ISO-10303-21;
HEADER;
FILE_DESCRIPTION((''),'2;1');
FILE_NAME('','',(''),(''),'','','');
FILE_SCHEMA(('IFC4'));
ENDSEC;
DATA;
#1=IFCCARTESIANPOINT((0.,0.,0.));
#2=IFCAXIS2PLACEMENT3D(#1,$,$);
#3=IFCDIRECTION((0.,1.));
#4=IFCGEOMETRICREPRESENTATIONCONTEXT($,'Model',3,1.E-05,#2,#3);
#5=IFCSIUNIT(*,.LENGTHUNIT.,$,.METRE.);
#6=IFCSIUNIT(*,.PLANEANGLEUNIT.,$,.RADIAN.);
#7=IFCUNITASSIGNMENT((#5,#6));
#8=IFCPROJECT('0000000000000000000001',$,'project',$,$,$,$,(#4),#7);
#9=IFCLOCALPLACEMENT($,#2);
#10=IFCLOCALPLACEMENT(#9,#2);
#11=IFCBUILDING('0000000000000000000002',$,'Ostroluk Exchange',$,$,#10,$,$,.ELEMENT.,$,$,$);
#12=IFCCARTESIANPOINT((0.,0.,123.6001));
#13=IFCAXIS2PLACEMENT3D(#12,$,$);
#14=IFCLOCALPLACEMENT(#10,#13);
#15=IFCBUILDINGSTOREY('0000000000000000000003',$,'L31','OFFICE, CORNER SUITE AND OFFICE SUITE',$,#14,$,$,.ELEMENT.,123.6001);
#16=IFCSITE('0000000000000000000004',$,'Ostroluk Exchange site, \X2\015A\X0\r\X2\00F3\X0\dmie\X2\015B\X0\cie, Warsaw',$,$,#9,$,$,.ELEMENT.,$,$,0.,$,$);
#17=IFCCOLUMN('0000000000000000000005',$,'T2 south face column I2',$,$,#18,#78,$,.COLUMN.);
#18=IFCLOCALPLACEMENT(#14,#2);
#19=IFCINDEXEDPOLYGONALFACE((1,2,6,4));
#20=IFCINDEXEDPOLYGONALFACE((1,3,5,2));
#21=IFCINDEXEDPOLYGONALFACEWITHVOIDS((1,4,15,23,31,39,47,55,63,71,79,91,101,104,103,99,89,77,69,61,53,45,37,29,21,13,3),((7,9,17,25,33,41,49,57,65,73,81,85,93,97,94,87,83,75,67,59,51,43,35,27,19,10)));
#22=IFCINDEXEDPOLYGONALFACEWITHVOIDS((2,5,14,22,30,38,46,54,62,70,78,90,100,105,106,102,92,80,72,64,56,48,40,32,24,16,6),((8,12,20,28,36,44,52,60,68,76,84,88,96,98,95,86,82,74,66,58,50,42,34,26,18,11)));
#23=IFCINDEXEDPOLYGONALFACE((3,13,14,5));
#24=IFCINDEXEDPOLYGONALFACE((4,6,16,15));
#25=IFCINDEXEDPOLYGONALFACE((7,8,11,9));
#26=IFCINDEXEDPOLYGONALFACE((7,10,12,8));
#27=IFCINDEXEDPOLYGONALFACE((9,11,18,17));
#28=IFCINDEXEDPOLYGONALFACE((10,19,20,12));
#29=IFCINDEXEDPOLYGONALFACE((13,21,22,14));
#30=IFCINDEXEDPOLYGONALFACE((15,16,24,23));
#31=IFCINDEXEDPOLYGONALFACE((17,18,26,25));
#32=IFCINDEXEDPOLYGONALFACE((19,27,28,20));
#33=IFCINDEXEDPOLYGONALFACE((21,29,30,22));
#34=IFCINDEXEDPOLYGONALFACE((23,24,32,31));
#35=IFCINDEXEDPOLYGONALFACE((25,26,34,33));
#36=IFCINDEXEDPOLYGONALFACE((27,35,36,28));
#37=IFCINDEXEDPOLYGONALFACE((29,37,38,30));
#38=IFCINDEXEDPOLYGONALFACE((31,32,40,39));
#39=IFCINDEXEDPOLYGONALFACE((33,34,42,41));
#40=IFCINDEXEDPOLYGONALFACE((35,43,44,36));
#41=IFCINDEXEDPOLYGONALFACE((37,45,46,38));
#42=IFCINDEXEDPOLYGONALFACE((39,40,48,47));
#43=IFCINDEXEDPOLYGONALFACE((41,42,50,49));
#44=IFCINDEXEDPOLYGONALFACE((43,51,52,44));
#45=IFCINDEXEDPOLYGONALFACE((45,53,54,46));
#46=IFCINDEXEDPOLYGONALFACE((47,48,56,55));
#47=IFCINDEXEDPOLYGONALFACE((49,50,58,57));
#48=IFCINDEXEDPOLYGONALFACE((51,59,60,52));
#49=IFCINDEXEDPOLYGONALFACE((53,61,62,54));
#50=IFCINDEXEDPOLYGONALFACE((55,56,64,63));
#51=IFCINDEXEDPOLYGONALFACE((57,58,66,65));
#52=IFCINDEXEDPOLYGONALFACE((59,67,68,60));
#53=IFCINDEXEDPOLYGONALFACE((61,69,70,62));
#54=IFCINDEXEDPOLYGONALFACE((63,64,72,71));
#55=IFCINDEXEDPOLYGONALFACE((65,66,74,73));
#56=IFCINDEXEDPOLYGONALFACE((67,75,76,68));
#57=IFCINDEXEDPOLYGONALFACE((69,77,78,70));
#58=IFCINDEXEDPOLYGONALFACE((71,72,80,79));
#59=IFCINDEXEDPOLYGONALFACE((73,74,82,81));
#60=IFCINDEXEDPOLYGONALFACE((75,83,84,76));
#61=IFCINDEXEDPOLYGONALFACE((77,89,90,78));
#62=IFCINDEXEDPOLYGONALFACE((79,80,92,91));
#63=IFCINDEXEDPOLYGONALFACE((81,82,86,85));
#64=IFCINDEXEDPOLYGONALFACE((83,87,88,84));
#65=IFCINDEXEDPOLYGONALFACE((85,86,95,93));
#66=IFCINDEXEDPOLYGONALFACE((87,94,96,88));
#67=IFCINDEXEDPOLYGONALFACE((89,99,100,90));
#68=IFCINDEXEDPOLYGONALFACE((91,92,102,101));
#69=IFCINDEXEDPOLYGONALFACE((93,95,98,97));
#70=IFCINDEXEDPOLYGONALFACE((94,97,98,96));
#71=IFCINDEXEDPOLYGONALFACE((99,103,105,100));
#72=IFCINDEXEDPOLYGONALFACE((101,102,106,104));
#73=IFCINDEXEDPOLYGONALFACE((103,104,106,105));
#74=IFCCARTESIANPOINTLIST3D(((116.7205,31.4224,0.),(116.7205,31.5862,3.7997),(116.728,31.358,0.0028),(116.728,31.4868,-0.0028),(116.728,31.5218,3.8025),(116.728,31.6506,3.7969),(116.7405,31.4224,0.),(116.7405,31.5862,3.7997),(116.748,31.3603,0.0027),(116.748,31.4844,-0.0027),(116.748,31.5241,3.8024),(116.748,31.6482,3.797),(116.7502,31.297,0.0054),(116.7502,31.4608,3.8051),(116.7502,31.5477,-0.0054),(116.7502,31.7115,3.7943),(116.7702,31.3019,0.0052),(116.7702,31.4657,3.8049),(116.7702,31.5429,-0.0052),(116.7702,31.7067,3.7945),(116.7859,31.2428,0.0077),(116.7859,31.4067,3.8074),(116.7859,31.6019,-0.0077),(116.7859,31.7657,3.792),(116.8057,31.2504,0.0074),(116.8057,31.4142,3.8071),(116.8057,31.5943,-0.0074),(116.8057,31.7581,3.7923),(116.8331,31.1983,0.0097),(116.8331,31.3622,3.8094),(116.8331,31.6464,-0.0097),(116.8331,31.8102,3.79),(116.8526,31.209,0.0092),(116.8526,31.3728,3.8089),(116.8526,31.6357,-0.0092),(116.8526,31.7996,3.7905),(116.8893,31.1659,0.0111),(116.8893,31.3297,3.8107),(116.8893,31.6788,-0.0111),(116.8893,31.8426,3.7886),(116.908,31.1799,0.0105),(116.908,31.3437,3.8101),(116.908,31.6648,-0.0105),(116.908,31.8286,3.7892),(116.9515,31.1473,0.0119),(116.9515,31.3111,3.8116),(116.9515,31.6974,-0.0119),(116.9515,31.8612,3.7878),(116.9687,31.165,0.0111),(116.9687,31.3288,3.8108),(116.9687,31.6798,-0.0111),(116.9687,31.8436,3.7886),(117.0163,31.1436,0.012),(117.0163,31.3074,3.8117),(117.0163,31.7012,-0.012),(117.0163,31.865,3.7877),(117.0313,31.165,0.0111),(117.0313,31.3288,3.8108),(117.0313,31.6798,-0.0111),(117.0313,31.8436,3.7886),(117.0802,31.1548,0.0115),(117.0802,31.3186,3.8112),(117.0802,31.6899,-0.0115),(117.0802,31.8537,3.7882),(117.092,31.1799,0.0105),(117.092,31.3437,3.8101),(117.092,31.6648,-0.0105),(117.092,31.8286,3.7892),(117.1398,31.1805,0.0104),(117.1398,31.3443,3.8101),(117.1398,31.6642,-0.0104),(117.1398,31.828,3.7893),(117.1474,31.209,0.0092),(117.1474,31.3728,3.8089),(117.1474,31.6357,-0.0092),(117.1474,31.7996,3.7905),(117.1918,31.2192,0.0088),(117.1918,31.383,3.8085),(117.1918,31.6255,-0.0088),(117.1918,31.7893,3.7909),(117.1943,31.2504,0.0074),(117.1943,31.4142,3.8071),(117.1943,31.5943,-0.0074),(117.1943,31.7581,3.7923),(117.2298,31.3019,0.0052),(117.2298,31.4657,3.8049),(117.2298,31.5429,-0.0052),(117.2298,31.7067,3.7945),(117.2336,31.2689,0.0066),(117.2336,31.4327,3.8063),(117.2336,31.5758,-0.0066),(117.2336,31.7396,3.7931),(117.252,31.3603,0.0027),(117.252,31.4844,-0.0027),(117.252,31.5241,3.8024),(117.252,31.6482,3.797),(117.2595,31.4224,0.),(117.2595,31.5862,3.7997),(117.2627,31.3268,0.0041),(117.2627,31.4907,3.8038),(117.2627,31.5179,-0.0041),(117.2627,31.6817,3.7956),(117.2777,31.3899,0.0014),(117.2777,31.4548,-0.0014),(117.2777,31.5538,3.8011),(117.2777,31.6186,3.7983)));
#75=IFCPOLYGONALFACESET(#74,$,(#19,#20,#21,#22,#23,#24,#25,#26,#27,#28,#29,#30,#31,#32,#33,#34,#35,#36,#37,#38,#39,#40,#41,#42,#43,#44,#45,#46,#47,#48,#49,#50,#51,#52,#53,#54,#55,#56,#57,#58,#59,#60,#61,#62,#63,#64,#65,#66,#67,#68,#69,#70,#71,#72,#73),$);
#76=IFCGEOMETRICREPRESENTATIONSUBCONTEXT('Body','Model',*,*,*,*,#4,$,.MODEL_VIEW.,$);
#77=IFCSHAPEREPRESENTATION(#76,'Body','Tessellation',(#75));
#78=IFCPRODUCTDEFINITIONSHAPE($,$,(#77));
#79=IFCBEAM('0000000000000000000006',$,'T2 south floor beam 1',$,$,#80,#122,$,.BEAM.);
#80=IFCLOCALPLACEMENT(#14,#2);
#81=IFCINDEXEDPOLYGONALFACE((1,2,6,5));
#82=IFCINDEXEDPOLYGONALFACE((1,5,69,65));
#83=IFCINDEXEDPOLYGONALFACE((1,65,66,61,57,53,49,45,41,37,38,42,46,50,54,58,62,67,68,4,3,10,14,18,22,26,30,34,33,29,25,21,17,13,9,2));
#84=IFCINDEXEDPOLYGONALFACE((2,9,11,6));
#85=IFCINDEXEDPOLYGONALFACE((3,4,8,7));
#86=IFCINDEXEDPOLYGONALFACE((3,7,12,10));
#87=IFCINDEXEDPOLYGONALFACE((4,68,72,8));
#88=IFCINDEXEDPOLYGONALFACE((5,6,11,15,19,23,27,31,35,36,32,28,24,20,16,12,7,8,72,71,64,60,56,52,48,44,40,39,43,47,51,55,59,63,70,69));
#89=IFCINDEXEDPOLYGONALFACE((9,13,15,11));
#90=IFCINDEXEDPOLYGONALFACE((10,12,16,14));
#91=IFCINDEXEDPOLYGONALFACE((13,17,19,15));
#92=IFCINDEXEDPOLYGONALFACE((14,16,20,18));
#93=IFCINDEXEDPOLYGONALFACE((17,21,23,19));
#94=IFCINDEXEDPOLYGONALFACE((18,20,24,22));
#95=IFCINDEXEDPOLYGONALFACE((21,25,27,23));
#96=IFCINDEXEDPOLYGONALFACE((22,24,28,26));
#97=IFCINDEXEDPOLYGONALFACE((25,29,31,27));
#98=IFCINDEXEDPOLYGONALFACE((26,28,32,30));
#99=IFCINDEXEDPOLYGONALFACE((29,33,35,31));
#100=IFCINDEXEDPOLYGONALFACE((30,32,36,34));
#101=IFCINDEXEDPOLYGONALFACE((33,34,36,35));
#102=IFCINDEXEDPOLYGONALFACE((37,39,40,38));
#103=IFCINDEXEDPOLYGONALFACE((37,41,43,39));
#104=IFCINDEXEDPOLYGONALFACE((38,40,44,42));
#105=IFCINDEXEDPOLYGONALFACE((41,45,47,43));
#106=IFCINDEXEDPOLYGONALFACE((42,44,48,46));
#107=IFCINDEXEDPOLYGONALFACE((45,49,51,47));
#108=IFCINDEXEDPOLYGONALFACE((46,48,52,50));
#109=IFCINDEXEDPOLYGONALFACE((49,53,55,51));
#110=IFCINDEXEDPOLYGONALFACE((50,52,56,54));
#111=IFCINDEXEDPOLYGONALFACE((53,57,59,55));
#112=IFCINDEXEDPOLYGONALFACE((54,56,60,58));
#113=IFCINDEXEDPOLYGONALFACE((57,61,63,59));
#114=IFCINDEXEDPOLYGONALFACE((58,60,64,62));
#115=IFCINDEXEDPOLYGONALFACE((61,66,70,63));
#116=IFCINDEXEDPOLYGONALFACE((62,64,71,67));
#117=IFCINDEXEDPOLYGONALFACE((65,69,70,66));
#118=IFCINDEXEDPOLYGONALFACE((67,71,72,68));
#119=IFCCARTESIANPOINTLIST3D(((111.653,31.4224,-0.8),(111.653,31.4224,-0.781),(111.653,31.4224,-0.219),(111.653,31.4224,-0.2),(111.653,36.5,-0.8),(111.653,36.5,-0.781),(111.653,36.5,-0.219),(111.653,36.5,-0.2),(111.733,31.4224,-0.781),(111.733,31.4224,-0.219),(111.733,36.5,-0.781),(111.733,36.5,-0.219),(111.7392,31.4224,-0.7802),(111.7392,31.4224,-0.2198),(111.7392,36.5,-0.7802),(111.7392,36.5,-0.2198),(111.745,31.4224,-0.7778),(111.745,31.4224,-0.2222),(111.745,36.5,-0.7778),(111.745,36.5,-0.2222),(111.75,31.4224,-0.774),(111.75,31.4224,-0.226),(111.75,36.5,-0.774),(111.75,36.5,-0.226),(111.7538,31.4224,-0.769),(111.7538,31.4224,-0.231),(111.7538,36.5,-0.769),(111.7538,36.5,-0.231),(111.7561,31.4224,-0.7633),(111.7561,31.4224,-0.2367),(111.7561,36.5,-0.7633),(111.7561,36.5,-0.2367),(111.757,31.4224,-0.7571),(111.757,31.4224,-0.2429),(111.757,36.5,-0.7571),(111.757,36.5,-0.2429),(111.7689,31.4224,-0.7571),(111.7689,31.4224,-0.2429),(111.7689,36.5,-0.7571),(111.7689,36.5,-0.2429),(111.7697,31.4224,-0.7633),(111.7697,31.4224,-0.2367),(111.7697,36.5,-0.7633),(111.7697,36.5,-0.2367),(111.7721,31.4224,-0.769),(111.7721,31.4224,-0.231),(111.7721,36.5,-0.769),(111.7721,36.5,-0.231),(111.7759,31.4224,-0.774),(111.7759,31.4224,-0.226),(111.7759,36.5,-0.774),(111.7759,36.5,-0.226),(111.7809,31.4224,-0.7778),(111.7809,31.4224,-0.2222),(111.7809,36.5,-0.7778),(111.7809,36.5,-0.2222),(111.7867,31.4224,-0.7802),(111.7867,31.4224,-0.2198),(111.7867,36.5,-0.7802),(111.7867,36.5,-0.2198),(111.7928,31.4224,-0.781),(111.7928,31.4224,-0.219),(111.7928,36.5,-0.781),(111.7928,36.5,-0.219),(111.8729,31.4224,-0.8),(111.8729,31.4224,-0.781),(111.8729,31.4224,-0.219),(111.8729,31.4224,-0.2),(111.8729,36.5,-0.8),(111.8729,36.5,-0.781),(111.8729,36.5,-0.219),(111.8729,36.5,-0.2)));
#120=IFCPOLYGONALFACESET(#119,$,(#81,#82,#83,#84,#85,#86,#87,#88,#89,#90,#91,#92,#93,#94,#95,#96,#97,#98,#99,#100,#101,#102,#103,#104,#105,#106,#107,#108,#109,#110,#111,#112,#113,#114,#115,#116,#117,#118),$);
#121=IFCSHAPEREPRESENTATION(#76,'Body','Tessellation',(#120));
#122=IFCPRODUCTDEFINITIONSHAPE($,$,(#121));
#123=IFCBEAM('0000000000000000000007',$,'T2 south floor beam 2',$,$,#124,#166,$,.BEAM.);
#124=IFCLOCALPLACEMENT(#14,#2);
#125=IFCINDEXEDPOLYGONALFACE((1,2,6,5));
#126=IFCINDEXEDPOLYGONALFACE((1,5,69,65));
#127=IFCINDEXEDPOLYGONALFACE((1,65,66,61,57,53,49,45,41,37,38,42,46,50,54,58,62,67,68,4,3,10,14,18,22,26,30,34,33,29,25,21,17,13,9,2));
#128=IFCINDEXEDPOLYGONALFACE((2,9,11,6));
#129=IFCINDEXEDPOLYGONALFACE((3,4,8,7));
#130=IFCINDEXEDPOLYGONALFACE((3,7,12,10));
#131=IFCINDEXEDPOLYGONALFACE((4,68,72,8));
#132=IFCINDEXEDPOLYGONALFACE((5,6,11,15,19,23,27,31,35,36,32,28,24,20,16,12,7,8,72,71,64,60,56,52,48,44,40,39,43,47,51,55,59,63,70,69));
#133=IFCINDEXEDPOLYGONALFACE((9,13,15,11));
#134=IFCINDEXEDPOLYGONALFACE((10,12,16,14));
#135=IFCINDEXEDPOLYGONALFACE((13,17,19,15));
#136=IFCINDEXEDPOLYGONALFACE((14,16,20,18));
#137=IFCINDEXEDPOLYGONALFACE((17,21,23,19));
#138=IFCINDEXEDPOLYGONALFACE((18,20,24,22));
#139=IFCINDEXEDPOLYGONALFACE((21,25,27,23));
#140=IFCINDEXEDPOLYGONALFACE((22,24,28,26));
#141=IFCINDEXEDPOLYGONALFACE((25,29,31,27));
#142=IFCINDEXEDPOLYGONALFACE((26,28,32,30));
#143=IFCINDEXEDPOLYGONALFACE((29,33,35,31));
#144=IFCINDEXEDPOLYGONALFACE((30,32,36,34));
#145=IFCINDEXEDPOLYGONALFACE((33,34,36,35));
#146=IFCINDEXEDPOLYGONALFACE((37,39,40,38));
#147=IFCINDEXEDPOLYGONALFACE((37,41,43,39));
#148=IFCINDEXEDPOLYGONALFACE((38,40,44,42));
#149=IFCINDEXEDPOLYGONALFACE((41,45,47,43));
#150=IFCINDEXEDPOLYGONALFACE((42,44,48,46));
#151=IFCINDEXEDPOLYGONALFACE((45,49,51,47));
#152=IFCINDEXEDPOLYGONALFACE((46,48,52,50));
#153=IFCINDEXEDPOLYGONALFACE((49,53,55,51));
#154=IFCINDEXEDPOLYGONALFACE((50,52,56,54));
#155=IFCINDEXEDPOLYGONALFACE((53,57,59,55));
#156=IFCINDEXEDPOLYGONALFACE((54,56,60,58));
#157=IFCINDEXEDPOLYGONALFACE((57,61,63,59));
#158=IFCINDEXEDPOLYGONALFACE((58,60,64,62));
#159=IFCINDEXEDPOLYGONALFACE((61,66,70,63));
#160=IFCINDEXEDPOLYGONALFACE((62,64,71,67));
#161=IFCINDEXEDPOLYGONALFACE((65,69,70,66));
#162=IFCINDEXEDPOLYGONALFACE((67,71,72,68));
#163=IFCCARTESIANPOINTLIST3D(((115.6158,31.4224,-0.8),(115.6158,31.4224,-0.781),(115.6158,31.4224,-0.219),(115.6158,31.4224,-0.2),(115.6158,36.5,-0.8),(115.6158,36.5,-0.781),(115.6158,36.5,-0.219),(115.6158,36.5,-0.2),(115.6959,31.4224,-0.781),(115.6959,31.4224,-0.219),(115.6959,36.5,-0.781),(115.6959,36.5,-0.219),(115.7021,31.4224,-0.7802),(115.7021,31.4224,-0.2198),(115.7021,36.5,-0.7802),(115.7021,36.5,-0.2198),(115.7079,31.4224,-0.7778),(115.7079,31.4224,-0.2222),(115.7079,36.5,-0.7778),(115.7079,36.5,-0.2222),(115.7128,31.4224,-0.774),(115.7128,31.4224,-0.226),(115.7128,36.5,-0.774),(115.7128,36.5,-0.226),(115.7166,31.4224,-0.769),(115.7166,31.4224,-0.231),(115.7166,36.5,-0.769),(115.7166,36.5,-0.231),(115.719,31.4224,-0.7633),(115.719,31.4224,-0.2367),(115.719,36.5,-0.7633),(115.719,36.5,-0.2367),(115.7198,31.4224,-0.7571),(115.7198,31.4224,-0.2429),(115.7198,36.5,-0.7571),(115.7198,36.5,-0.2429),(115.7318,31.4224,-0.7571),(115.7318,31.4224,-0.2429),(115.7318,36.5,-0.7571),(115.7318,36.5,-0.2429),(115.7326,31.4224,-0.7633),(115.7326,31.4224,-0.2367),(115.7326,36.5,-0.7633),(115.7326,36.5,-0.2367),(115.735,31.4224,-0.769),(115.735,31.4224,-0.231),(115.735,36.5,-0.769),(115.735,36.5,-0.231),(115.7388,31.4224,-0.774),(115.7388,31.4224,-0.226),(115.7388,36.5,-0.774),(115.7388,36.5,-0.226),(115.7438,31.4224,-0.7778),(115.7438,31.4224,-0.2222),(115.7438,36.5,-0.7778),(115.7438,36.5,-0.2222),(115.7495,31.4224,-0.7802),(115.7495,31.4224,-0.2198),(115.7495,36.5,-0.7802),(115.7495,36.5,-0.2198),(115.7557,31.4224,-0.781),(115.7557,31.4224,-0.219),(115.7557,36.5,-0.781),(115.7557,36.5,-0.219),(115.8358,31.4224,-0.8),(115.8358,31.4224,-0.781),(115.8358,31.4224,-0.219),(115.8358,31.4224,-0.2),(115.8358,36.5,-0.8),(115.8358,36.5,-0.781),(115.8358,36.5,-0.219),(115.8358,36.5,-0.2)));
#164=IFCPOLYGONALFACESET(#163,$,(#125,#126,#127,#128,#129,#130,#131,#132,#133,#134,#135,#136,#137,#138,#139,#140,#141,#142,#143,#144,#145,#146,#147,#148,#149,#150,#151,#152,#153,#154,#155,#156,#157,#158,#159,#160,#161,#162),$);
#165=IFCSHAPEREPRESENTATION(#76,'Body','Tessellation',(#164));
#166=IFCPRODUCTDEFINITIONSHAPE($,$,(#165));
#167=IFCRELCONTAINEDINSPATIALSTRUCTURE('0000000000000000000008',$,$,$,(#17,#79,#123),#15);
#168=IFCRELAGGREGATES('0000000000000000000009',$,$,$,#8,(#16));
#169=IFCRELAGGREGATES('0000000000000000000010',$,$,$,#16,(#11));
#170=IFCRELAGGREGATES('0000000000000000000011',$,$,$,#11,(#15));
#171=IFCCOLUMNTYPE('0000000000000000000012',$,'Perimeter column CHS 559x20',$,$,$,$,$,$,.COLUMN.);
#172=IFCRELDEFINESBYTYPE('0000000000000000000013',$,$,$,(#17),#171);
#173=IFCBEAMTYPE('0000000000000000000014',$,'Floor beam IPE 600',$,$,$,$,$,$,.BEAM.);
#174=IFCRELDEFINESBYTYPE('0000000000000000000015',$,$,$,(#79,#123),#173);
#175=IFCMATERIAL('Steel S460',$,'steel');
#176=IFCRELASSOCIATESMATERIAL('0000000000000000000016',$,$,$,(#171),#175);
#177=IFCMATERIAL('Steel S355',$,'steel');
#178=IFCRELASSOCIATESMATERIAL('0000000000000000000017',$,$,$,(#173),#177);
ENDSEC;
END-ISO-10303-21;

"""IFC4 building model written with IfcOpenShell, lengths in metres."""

from ifc_helpers import new_model, si_unit, direction, frame, origin, origin_2d, place, context, subcontext, project, spatial, hollow_circle, i_section, extrude, material, material_profile, profile_set, type_object, element, save


model = new_model("IFC4")

# Units and contexts
model_context = context("Model", 3, precision=1e-05, world=origin(), true_north=direction((0.0, 1.0)))
body_context = subcontext(model_context, "Body", "Model", "MODEL_VIEW")
ifc_project = project(units=[si_unit("LENGTHUNIT", "METRE"), si_unit("PLANEANGLEUNIT", "RADIAN")], contexts=[model_context])

# Site, building, storey
site_placement = place(None, origin())
site = spatial("IfcSite", under=ifc_project, at=site_placement, Name="Ostroluk Exchange site, Śródmieście, Warsaw", CompositionType="ELEMENT", RefElevation=0.0)
building_placement = place(site_placement, origin())
building = spatial("IfcBuilding", under=site, at=building_placement, Name="Ostroluk Exchange", CompositionType="ELEMENT")
storey_placement = place(building_placement, frame((0.0, 0.0, 123.6001)))
storey = spatial("IfcBuildingStorey", under=building, at=storey_placement, Name="L31", Description="OFFICE, CORNER SUITE AND OFFICE SUITE", CompositionType="ELEMENT", Elevation=123.6001)

# Column
ifc_material_1 = material(Name="Steel S460", Category="steel")
ifc_material_profile_1 = material_profile(ifc_material_1, hollow_circle(Radius=0.2795, WallThickness=0.02, at=origin_2d()), Name="CHS 559x20")
ifc_profile_set_1 = profile_set([ifc_material_profile_1], Name="Steel S460")
column_type = type_object("IfcColumnType", Name="Perimeter column CHS 559x20", PredefinedType="COLUMN", material=ifc_profile_set_1)
column_placement = place(storey_placement, frame((117.0, 31.4224, 0.0), z_axis=(0.0, 0.043072, 0.999072), x_axis=(-1.0, 0.0, 0.0)))
element("IfcColumn", 1, at=column_placement, inside=storey, type_object=column_type, Name="T2 south face column I2", PredefinedType="COLUMN", context=body_context, shape_type="SweptSolid", body=[
    extrude(hollow_circle(Radius=0.2795, WallThickness=0.02, at=origin_2d()), origin(), (0.0, 0.0, 1.0), 3.8032),
])

# Beams
ifc_material_2 = material(Name="Steel S355", Category="steel")
ifc_material_profile_2 = material_profile(ifc_material_2, i_section(OverallWidth=0.22, OverallDepth=0.6001, WebThickness=0.012, FlangeThickness=0.019, FilletRadius=0.0239, at=origin_2d()), Name="IPE 600")
ifc_profile_set_2 = profile_set([ifc_material_profile_2], Name="Steel S355")
beam_type_1 = type_object("IfcBeamType", Name="Floor beam IPE 600", PredefinedType="BEAM", material=ifc_profile_set_2)
for number, where, z_axis, x_axis, name in (
    (2, (111.7629, 36.5, -0.5), (0.0, -1.0, 0.0), (1.0, 0.0, 0.0), "T2 south floor beam 1"),
    (3, (115.7258, 36.5, -0.5), (0.0, -1.0, 0.0), (1.0, 0.0, 0.0), "T2 south floor beam 2"),
):
    element("IfcBeam", number, at=place(storey_placement, frame(where, z_axis=z_axis, x_axis=x_axis)), inside=storey, type_object=beam_type_1, Name=name, PredefinedType="BEAM", context=body_context, shape_type="SweptSolid", body=[
        extrude(i_section(OverallWidth=0.22, OverallDepth=0.6001, WebThickness=0.012, FlangeThickness=0.019, FilletRadius=0.0239, at=origin_2d()), origin(), (0.0, 0.0, 1.0), 5.0776),
    ])

save(model, "model.ifc")
